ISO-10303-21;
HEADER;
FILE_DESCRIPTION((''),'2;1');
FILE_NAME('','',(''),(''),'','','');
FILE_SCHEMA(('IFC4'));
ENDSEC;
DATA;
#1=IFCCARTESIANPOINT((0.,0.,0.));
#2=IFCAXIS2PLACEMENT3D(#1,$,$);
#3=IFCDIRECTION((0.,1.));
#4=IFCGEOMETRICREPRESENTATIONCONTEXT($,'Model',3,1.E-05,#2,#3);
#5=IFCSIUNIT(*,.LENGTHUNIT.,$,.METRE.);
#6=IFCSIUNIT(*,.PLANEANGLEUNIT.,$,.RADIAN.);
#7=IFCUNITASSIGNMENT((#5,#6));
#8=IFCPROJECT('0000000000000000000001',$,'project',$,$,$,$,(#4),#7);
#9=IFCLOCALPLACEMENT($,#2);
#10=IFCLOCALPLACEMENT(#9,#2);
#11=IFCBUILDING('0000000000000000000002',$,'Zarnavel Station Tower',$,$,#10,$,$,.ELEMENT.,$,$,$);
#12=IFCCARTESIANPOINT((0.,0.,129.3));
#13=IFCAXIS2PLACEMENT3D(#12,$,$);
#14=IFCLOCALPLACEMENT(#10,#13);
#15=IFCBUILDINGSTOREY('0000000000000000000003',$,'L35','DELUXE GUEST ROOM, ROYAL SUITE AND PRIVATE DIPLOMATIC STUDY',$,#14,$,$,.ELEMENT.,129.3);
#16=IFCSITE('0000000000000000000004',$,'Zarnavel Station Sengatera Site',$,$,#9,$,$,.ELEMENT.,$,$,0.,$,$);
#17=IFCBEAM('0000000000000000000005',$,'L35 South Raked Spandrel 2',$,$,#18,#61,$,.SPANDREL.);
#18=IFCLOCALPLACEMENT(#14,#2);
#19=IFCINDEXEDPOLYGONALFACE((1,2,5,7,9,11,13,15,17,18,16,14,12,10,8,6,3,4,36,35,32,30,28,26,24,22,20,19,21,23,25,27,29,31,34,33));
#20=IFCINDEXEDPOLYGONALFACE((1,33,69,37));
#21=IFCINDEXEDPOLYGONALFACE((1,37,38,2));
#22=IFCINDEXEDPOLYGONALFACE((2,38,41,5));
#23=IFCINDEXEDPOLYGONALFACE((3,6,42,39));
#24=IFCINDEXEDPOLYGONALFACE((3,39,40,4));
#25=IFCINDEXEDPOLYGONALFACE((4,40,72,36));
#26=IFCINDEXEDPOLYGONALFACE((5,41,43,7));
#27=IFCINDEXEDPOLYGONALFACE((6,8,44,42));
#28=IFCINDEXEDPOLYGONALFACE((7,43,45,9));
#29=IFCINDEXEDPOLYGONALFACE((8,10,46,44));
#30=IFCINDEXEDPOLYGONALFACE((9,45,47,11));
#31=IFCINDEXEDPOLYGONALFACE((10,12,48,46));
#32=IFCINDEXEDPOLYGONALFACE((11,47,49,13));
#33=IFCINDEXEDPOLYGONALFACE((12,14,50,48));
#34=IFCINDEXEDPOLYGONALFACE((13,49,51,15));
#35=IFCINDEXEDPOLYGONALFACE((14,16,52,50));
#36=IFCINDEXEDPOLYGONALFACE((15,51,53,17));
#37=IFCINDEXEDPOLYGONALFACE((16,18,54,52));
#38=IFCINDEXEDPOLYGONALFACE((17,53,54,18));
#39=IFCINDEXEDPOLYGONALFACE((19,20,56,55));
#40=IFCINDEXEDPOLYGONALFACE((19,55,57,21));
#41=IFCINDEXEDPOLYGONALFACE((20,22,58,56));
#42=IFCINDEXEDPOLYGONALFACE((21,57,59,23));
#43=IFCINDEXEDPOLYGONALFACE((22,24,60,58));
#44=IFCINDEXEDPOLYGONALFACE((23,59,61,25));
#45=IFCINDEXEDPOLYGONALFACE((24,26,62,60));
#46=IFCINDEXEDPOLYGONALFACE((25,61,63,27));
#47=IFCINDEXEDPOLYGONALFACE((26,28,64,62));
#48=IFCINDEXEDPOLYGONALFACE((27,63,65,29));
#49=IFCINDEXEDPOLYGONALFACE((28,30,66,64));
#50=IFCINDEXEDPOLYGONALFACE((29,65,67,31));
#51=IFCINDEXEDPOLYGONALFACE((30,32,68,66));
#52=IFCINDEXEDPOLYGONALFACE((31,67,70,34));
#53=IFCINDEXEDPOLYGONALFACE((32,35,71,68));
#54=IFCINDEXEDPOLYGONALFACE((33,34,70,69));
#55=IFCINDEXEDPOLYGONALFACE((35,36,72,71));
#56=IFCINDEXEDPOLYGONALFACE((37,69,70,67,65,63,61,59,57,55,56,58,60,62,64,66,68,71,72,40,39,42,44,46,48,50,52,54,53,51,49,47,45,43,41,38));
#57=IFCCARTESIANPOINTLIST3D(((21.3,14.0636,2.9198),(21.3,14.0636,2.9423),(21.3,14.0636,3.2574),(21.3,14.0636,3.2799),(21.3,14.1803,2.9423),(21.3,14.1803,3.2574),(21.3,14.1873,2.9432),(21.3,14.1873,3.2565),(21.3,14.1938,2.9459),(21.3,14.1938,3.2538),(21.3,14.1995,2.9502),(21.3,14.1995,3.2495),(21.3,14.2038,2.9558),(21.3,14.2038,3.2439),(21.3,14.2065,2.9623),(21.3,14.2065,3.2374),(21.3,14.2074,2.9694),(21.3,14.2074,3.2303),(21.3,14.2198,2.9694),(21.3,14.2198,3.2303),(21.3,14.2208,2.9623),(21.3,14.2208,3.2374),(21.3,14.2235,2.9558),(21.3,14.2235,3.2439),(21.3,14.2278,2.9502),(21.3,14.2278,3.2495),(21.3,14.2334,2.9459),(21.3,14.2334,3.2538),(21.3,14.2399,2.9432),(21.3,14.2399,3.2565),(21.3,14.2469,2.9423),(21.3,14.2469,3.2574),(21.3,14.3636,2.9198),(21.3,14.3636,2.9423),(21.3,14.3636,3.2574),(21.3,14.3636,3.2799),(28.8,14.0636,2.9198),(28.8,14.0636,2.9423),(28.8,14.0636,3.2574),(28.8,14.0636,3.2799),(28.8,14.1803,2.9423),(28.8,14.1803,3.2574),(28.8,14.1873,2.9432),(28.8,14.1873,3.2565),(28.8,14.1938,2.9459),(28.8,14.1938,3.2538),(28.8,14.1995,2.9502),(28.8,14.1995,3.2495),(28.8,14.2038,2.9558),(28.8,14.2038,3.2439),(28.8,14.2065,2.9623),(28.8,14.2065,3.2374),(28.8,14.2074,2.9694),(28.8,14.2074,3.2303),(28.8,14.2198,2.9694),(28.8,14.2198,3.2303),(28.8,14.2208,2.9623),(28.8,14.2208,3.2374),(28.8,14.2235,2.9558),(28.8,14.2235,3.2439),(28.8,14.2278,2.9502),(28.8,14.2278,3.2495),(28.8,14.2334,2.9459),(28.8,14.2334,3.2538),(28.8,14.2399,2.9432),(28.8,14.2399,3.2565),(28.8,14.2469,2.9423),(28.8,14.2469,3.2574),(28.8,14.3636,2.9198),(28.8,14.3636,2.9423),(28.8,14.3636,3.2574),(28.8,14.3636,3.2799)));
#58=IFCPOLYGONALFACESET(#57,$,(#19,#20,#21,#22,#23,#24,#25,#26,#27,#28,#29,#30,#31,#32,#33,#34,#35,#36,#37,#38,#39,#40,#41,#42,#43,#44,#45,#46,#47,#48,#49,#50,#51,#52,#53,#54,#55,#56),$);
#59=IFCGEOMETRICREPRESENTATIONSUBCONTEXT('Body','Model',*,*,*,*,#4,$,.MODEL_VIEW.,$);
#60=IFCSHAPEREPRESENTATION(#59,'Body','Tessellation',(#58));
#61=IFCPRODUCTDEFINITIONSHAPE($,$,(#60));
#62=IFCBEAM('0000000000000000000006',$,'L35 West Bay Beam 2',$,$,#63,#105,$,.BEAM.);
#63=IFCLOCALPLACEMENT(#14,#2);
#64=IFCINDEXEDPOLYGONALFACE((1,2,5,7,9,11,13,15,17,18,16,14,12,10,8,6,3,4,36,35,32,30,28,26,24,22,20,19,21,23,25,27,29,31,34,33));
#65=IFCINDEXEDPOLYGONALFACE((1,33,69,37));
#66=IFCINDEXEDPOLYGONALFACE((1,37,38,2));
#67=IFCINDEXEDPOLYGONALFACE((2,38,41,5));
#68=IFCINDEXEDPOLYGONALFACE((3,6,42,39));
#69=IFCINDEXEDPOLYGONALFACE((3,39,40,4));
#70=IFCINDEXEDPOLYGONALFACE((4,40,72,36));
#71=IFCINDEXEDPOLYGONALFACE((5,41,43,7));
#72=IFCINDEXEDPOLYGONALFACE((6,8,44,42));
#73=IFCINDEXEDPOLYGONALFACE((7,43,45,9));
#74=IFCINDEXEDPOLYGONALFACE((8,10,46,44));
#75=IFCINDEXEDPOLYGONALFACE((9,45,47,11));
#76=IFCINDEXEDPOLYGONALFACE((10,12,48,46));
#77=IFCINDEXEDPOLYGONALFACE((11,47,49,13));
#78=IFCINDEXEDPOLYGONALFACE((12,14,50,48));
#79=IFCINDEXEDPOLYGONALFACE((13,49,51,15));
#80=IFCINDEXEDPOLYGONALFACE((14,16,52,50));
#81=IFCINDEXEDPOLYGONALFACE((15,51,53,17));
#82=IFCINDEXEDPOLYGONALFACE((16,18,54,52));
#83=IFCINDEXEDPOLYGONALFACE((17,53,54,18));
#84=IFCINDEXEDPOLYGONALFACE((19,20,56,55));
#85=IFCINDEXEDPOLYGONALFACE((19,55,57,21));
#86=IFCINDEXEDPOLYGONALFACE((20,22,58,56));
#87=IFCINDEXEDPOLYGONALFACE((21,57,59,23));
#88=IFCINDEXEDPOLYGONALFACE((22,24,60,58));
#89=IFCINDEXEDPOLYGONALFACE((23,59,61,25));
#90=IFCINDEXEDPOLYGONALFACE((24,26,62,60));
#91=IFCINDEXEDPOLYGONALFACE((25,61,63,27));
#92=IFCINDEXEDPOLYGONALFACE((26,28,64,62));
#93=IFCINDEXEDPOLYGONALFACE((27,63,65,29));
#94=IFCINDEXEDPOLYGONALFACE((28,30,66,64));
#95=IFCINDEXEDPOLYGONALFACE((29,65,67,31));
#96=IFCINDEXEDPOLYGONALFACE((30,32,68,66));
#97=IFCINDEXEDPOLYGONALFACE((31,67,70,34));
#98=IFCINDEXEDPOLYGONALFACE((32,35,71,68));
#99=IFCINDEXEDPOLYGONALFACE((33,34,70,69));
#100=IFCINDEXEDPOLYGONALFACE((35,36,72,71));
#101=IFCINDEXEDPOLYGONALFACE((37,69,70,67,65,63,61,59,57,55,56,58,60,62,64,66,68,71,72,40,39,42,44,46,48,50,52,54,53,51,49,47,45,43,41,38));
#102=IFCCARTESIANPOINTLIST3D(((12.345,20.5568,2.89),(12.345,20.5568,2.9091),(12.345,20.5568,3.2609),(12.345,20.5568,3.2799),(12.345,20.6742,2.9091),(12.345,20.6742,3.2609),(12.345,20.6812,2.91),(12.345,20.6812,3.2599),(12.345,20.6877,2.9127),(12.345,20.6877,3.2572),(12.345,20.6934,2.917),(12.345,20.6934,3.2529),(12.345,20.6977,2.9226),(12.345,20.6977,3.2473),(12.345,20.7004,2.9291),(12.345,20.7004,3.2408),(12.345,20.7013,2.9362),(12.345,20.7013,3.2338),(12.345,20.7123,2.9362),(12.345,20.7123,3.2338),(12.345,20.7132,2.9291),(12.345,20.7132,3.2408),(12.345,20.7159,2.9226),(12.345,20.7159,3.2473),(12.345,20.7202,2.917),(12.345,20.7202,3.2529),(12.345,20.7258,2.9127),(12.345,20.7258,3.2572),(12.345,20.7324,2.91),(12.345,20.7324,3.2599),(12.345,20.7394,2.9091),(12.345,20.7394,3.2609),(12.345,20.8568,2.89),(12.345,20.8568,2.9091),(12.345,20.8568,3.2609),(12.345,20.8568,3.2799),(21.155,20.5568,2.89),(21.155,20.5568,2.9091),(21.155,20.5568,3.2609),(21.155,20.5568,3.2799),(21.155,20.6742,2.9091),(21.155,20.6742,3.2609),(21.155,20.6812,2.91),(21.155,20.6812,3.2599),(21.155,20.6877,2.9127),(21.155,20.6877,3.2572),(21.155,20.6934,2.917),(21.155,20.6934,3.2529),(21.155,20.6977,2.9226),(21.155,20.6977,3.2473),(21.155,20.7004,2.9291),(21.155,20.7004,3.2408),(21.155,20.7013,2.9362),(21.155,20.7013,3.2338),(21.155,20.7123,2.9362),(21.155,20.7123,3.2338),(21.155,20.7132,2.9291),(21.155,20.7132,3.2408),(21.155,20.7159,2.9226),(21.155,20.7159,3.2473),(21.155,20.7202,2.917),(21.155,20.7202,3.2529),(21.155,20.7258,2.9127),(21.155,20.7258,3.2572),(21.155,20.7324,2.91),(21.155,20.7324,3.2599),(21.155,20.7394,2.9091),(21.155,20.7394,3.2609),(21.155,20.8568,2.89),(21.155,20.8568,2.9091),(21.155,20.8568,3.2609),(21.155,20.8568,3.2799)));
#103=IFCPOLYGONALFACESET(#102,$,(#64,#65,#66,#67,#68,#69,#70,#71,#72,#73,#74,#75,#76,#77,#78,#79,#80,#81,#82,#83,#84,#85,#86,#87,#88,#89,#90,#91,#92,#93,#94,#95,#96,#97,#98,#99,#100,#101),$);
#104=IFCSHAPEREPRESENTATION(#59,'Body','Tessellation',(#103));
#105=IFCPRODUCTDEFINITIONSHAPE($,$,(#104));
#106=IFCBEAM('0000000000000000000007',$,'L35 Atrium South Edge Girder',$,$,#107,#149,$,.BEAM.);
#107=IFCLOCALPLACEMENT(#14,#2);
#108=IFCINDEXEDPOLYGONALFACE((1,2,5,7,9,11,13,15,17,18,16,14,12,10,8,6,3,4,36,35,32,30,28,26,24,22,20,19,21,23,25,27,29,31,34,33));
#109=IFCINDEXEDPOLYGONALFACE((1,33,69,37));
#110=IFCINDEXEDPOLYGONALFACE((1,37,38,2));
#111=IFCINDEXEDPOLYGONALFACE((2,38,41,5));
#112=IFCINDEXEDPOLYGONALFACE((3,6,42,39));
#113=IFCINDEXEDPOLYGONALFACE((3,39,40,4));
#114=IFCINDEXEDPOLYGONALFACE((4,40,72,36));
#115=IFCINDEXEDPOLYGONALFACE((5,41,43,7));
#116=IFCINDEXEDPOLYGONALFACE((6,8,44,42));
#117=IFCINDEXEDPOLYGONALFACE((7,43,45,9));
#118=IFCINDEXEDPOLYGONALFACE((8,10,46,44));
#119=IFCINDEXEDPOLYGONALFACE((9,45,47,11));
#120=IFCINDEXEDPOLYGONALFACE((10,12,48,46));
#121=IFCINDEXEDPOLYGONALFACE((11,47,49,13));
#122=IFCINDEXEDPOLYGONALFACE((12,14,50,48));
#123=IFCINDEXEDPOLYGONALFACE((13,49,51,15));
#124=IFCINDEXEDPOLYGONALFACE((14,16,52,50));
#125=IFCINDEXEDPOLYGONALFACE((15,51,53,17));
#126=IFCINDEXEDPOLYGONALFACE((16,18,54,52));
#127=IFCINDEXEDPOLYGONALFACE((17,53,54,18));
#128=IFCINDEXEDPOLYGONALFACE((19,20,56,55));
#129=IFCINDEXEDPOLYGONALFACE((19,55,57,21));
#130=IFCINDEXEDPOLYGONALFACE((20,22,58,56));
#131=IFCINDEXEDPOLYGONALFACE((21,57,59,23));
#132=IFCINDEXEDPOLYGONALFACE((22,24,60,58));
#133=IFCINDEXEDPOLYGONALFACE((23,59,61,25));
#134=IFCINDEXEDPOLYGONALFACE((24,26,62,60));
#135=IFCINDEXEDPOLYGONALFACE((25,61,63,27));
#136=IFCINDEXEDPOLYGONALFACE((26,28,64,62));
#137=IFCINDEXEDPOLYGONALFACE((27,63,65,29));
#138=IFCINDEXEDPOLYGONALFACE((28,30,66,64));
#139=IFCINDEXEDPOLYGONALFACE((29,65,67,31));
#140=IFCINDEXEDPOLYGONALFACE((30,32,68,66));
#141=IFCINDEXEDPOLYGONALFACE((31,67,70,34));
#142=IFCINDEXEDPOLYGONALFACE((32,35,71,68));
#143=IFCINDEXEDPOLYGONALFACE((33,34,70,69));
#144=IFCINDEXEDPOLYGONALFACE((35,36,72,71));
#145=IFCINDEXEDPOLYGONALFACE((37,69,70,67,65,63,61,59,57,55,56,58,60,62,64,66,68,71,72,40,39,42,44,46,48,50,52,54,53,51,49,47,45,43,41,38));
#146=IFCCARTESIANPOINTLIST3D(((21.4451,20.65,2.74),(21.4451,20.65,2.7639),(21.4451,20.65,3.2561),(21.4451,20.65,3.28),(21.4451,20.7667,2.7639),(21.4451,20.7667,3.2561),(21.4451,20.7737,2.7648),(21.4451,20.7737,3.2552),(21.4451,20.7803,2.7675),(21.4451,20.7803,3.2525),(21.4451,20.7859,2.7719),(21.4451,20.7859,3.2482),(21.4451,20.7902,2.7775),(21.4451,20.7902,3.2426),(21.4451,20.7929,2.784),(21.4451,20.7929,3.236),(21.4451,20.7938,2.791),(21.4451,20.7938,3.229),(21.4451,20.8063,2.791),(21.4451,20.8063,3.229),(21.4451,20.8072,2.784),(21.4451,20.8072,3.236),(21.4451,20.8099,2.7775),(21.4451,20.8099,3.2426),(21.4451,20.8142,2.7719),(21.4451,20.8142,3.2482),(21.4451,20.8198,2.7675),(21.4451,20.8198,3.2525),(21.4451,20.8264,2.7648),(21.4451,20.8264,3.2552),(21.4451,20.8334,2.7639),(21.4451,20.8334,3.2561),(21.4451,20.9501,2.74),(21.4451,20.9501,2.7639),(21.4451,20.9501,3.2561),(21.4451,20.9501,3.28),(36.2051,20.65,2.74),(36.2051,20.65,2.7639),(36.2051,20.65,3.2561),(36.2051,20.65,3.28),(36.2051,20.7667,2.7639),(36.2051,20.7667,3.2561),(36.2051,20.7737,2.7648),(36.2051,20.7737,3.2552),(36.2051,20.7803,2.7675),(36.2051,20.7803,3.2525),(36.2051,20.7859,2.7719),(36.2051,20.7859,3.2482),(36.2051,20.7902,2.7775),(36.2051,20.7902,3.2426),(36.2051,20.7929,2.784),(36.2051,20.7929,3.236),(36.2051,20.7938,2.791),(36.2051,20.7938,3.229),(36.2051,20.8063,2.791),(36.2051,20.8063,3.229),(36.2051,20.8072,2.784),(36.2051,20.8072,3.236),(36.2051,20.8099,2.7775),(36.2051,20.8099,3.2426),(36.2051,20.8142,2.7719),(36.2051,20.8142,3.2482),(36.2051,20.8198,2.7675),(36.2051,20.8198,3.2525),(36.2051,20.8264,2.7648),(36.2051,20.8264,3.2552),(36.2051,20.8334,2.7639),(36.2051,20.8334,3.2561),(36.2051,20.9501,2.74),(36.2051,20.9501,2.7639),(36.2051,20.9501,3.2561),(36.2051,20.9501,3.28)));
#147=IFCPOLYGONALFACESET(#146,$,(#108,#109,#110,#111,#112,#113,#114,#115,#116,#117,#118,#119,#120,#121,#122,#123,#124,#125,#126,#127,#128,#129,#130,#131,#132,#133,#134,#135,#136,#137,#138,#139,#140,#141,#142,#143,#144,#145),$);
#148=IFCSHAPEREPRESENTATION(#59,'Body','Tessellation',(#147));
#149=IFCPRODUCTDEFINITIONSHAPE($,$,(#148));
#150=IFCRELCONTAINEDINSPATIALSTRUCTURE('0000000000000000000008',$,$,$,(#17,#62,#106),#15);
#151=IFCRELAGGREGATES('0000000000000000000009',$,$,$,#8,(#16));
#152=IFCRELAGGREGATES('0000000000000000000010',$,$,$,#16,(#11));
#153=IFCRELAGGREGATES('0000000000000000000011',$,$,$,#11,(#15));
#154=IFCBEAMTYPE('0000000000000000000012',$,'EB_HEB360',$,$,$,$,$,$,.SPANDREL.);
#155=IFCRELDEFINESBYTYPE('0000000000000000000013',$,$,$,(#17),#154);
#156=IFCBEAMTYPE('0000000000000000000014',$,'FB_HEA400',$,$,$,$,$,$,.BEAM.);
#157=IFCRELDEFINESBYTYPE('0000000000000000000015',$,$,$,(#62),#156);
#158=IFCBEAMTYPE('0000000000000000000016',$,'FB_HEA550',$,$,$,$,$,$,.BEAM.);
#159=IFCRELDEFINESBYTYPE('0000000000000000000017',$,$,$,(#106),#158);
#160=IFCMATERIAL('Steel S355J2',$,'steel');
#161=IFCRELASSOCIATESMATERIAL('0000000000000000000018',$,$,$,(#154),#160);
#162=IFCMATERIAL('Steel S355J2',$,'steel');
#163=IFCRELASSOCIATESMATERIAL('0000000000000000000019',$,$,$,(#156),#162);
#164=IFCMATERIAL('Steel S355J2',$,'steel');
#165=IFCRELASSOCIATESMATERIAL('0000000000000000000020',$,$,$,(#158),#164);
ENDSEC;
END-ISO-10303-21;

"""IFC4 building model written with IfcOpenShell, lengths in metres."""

from ifc_helpers import new_model, si_unit, direction, frame, origin, origin_2d, place, context, subcontext, project, spatial, i_section, extrude, material, material_profile, profile_set, type_object, element, save


model = new_model("IFC4")

# Units and contexts
model_context = context("Model", 3, precision=1e-05, world=origin(), true_north=direction((0.0, 1.0)))
body_context = subcontext(model_context, "Body", "Model", "MODEL_VIEW")
ifc_project = project(units=[si_unit("LENGTHUNIT", "METRE"), si_unit("PLANEANGLEUNIT", "RADIAN")], contexts=[model_context])

# Site, building, storey
site_placement = place(None, origin())
site = spatial("IfcSite", under=ifc_project, at=site_placement, Name="Zarnavel Station Sengatera Site", CompositionType="ELEMENT", RefElevation=0.0)
building_placement = place(site_placement, origin())
building = spatial("IfcBuilding", under=site, at=building_placement, Name="Zarnavel Station Tower", CompositionType="ELEMENT")
storey_placement = place(building_placement, frame((0.0, 0.0, 129.3)))
storey = spatial("IfcBuildingStorey", under=building, at=storey_placement, Name="L35", Description="DELUXE GUEST ROOM, ROYAL SUITE AND PRIVATE DIPLOMATIC STUDY", CompositionType="ELEMENT", Elevation=129.3)

# Beams
ifc_material_1 = material(Name="Steel S355J2", Category="steel")
ifc_material_profile_1 = material_profile(ifc_material_1, i_section(OverallWidth=0.3, OverallDepth=0.3601, WebThickness=0.0125, FlangeThickness=0.0225, FilletRadius=0.0271, at=origin_2d()), Name="HEB360")
ifc_profile_set_1 = profile_set([ifc_material_profile_1], Name="Steel S355J2")
beam_type_1 = type_object("IfcBeamType", Name="EB_HEB360", PredefinedType="SPANDREL", material=ifc_profile_set_1)
beam_1_placement = place(storey_placement, frame((21.3, 14.2136, 3.0999), z_axis=(1.0, 0.0, 0.0), x_axis=(0.0, 1.0, 0.0)))
element("IfcBeam", 1, at=beam_1_placement, inside=storey, type_object=beam_type_1, Name="L35 South Raked Spandrel 2", PredefinedType="SPANDREL", context=body_context, shape_type="SweptSolid", body=[
    extrude(i_section(OverallWidth=0.3, OverallDepth=0.3601, WebThickness=0.0125, FlangeThickness=0.0225, FilletRadius=0.0271, at=origin_2d()), origin(), (0.0, 0.0, 1.0), 7.5),
])
ifc_material_2 = material(Name="Steel S355J2", Category="steel")
ifc_material_profile_2 = material_profile(ifc_material_2, i_section(OverallWidth=0.3, OverallDepth=0.3899, WebThickness=0.011, FlangeThickness=0.019, FilletRadius=0.0271, at=origin_2d()), Name="HEA400")
ifc_profile_set_2 = profile_set([ifc_material_profile_2], Name="Steel S355J2")
beam_type_2 = type_object("IfcBeamType", Name="FB_HEA400", PredefinedType="BEAM", material=ifc_profile_set_2)
beam_2_placement = place(storey_placement, frame((12.345, 20.7068, 3.085), z_axis=(1.0, 0.0, 0.0), x_axis=(0.0, 1.0, 0.0)))
element("IfcBeam", 2, at=beam_2_placement, inside=storey, type_object=beam_type_2, Name="L35 West Bay Beam 2", PredefinedType="BEAM", context=body_context, shape_type="SweptSolid", body=[
    extrude(i_section(OverallWidth=0.3, OverallDepth=0.3899, WebThickness=0.011, FlangeThickness=0.019, FilletRadius=0.0271, at=origin_2d()), origin(), (0.0, 0.0, 1.0), 8.8101),
])
ifc_material_3 = material(Name="Steel S355J2", Category="steel")
ifc_material_profile_3 = material_profile(ifc_material_3, i_section(OverallWidth=0.3, OverallDepth=0.54, WebThickness=0.0125, FlangeThickness=0.0239, FilletRadius=0.0271, at=origin_2d()), Name="HEA550")
ifc_profile_set_3 = profile_set([ifc_material_profile_3], Name="Steel S355J2")
beam_type_3 = type_object("IfcBeamType", Name="FB_HEA550", PredefinedType="BEAM", material=ifc_profile_set_3)
beam_3_placement = place(storey_placement, frame((21.4451, 20.8, 3.01), z_axis=(1.0, 0.0, 0.0), x_axis=(0.0, 1.0, 0.0)))
element("IfcBeam", 3, at=beam_3_placement, inside=storey, type_object=beam_type_3, Name="L35 Atrium South Edge Girder", PredefinedType="BEAM", context=body_context, shape_type="SweptSolid", body=[
    extrude(i_section(OverallWidth=0.3, OverallDepth=0.54, WebThickness=0.0125, FlangeThickness=0.0239, FilletRadius=0.0271, at=origin_2d()), origin(), (0.0, 0.0, 1.0), 14.76),
])

save(model, "model.ifc")
